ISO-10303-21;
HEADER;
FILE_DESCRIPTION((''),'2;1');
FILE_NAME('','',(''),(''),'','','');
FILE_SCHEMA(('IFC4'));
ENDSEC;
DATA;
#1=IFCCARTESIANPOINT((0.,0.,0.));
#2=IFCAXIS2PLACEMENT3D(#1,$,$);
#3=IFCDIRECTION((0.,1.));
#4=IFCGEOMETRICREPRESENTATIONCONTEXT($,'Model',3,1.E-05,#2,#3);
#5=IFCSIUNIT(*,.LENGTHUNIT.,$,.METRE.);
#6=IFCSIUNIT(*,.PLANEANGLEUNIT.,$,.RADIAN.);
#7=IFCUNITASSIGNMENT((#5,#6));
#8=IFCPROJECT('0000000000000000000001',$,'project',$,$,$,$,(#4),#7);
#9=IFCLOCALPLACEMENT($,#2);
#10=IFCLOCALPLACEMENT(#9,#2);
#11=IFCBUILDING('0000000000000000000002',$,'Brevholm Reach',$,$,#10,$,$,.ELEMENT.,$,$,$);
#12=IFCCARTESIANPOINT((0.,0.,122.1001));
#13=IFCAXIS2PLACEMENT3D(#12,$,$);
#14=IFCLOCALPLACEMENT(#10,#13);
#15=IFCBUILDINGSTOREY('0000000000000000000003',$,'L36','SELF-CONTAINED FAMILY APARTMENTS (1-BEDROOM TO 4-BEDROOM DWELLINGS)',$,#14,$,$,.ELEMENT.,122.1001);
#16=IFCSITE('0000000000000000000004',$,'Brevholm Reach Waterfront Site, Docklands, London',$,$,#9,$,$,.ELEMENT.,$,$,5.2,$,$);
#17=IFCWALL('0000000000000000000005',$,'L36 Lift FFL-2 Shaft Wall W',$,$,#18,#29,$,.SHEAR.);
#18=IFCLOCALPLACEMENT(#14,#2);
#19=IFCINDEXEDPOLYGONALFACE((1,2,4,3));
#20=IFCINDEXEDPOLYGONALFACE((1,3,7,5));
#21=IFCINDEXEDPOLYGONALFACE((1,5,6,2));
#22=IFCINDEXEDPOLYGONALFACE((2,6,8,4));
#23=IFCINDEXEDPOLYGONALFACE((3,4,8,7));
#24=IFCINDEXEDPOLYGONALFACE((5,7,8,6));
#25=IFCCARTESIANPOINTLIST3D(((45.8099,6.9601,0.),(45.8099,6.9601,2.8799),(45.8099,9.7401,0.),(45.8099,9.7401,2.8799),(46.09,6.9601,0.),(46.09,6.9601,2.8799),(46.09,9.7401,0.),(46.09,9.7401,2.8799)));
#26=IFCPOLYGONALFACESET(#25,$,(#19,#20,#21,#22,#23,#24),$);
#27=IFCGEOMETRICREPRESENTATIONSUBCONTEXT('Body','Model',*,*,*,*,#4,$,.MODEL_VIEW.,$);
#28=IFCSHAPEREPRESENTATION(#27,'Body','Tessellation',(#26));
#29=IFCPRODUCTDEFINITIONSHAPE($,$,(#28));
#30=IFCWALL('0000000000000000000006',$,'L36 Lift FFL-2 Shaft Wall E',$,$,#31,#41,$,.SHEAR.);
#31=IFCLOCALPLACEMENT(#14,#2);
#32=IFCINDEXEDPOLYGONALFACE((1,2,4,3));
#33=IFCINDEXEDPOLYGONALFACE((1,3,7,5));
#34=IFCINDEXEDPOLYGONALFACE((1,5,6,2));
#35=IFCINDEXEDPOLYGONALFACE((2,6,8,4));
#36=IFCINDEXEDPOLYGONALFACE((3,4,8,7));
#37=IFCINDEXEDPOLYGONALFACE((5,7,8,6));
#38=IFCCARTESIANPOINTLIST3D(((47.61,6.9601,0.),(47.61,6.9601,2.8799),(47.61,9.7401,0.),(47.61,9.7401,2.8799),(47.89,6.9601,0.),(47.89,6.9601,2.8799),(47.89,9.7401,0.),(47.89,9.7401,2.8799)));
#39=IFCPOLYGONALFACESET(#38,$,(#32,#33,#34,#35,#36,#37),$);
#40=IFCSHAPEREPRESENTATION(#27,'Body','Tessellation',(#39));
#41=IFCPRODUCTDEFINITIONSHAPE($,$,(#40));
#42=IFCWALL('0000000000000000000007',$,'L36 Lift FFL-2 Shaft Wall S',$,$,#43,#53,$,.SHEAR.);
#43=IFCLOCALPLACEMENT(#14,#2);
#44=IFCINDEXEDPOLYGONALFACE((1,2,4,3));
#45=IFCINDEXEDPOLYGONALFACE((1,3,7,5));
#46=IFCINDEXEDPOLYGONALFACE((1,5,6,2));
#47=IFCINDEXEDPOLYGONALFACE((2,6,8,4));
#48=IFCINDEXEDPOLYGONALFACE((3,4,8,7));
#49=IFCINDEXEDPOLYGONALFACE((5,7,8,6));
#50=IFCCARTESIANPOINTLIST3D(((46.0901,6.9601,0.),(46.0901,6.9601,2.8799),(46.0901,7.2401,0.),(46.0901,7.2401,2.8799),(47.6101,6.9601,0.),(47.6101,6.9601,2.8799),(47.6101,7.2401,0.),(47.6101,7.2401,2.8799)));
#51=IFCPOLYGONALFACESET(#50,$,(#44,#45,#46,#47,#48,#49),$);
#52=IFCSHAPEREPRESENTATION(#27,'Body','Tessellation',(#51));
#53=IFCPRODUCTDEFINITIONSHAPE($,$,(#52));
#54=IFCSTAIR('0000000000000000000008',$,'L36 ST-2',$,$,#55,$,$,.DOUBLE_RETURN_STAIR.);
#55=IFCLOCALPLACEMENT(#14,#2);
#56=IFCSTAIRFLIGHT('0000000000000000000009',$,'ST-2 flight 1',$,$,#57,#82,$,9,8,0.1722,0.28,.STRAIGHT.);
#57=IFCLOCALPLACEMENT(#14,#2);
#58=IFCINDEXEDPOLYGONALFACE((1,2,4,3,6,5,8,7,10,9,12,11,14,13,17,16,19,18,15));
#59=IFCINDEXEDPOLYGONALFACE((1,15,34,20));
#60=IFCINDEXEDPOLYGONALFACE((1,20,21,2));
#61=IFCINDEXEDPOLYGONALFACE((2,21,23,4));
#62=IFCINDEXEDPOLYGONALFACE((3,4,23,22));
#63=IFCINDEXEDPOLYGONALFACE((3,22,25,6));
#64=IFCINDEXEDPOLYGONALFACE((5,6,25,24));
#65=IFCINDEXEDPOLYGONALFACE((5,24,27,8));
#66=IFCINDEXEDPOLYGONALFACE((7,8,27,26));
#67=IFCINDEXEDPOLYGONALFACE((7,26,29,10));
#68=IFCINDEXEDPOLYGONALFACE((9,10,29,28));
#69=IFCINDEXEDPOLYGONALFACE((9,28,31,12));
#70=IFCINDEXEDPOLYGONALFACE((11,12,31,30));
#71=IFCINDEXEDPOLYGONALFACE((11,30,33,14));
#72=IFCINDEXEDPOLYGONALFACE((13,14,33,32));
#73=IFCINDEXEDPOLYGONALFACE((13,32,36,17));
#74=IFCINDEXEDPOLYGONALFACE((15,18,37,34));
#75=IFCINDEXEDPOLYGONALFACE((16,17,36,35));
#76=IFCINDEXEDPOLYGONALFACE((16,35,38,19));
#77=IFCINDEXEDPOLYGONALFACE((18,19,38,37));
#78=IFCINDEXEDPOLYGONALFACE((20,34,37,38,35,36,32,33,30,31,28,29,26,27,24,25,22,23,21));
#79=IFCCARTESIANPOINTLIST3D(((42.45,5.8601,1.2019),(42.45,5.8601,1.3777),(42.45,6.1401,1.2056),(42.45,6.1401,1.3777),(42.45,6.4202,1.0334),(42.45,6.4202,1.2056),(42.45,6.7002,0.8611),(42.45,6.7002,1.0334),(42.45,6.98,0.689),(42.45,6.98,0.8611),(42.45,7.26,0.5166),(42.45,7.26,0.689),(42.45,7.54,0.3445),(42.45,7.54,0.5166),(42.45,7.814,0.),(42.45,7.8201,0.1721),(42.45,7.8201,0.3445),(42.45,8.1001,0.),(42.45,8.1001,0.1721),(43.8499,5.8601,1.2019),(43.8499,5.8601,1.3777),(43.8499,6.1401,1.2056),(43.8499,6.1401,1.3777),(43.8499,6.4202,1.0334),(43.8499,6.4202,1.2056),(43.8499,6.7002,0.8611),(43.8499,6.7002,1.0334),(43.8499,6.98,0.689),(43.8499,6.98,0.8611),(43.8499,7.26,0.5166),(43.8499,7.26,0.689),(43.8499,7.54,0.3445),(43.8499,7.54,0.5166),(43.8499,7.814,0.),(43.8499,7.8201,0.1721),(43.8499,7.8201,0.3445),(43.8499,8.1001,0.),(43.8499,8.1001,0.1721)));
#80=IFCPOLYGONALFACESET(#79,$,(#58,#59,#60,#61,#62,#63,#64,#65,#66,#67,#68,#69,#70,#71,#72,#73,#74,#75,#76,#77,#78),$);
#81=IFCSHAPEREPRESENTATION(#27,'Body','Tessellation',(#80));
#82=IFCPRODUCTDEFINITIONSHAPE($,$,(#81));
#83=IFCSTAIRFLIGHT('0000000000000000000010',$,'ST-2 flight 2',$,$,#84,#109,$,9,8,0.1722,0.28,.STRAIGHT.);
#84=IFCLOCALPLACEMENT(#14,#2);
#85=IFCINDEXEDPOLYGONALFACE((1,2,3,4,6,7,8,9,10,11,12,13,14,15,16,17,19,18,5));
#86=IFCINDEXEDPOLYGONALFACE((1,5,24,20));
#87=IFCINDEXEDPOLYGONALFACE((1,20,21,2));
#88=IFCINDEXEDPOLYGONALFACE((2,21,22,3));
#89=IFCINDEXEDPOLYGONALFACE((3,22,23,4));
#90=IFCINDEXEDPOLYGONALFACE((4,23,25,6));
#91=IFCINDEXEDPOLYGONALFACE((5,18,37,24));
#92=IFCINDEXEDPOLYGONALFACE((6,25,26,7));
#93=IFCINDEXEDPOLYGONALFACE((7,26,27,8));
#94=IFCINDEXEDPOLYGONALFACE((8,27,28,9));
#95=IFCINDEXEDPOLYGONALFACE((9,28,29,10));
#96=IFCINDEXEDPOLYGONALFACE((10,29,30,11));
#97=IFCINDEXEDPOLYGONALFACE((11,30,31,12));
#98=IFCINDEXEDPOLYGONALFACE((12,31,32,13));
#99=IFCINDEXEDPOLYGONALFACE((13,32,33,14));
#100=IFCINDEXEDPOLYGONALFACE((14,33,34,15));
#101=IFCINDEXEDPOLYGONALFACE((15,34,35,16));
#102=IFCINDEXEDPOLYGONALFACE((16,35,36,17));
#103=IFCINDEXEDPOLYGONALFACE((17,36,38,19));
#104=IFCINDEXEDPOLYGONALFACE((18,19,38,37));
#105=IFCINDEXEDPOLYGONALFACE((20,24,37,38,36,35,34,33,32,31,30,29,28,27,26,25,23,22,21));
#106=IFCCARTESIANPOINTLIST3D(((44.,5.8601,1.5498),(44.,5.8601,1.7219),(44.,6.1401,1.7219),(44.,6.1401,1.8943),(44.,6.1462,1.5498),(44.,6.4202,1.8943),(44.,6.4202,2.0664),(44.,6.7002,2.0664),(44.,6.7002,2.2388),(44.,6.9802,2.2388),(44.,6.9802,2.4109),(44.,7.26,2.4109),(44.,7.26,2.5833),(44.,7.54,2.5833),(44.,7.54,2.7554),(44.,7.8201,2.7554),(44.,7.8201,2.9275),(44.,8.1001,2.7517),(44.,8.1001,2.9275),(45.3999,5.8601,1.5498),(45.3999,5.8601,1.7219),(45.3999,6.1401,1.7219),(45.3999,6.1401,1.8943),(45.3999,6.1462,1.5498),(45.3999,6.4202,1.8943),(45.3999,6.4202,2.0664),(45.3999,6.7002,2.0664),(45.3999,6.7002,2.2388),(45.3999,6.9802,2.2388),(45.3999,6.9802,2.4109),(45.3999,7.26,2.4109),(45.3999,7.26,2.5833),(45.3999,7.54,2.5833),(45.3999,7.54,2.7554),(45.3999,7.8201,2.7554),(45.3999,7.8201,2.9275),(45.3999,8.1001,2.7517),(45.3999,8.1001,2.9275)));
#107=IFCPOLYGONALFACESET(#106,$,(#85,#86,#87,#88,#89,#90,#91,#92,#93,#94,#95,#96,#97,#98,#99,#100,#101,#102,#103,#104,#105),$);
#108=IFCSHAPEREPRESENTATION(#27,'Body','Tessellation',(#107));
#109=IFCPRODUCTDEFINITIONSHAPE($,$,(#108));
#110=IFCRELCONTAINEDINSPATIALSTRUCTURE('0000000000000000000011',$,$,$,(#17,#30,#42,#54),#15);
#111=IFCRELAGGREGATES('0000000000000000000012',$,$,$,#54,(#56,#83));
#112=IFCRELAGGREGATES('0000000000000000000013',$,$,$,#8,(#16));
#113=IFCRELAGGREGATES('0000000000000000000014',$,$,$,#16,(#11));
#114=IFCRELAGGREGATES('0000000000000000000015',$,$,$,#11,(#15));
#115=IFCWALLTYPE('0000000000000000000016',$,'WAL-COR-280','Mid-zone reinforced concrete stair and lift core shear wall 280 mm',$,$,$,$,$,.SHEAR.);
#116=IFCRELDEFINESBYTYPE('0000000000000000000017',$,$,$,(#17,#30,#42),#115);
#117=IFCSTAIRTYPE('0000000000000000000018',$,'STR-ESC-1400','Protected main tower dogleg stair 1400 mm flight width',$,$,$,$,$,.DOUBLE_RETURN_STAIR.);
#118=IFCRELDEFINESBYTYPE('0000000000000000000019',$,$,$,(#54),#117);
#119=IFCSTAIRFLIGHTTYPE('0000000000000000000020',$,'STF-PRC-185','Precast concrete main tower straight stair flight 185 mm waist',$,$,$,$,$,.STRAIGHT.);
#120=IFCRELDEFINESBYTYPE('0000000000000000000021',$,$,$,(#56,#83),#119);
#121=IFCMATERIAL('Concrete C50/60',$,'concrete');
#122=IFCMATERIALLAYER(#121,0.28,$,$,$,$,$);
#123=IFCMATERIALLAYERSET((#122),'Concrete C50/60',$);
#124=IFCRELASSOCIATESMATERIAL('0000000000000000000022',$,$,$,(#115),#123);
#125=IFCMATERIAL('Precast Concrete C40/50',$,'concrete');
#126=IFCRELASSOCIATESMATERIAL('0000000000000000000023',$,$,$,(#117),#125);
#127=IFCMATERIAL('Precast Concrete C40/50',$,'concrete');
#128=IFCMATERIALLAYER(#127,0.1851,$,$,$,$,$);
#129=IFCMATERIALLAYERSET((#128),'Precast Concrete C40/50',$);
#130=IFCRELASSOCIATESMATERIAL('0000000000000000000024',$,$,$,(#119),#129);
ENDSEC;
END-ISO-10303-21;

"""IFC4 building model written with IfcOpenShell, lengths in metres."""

from ifc_helpers import new_model, si_unit, direction, frame, frame_2d, origin, place, context, subcontext, project, spatial, polyline, rectangle, outline, extrude, material, layer, layer_set, type_object, element, aggregate, save


model = new_model("IFC4")

# Units and contexts
model_context = context("Model", 3, precision=1e-05, world=origin(), true_north=direction((0.0, 1.0)))
body_context = subcontext(model_context, "Body", "Model", "MODEL_VIEW")
ifc_project = project(units=[si_unit("LENGTHUNIT", "METRE"), si_unit("PLANEANGLEUNIT", "RADIAN")], contexts=[model_context])

# Site, building, storey
site_placement = place(None, origin())
site = spatial("IfcSite", under=ifc_project, at=site_placement, Name="Brevholm Reach Waterfront Site, Docklands, London", CompositionType="ELEMENT", RefElevation=5.2)
building_placement = place(site_placement, origin())
building = spatial("IfcBuilding", under=site, at=building_placement, Name="Brevholm Reach", CompositionType="ELEMENT")
storey_placement = place(building_placement, frame((0.0, 0.0, 122.1001)))
storey = spatial("IfcBuildingStorey", under=building, at=storey_placement, Name="L36", Description="SELF-CONTAINED FAMILY APARTMENTS (1-BEDROOM TO 4-BEDROOM DWELLINGS)", CompositionType="ELEMENT", Elevation=122.1001)

# Walls
ifc_material_1 = material(Name="Concrete C50/60", Category="concrete")
ifc_layer_1 = layer(ifc_material_1, 0.28)
ifc_layer_set_1 = layer_set([ifc_layer_1], Name="Concrete C50/60")
wall_type = type_object("IfcWallType", Name="WAL-COR-280", Description="Mid-zone reinforced concrete stair and lift core shear wall 280 mm", PredefinedType="SHEAR", material=ifc_layer_set_1)
for number, where, z_axis, x_axis, name in (
    (1, (45.95, 6.96, 0.0), (0.0, 0.0, 1.0), (0.0, 1.0, 0.0), "L36 Lift FFL-2 Shaft Wall W"),
    (2, (47.75, 6.96, 0.0), (0.0, 0.0, 1.0), (0.0, 1.0, 0.0), "L36 Lift FFL-2 Shaft Wall E"),
):
    element("IfcWall", number, at=place(storey_placement, frame(where, z_axis=z_axis, x_axis=x_axis)), inside=storey, type_object=wall_type, Name=name, PredefinedType="SHEAR", context=body_context, shape_type="SweptSolid", body=[
        extrude(rectangle(XDim=2.78, YDim=0.28, at=frame_2d((1.3901, 0.0))), origin(), (0.0, 0.0, 1.0), 2.8799),
    ])
wall_1_placement = place(storey_placement, frame((46.0901, 7.1001, 0.0), z_axis=(0.0, 0.0, 1.0), x_axis=(1.0, 0.0, 0.0)))
element("IfcWall", 3, at=wall_1_placement, inside=storey, type_object=wall_type, Name="L36 Lift FFL-2 Shaft Wall S", PredefinedType="SHEAR", context=body_context, shape_type="SweptSolid", body=[
    extrude(rectangle(XDim=1.52, YDim=0.28, at=frame_2d((0.76, 0.0))), origin(), (0.0, 0.0, 1.0), 2.8799),
])

# Stair, stair flights
ifc_material_2 = material(Name="Precast Concrete C40/50", Category="concrete")
stair_type = type_object("IfcStairType", Name="STR-ESC-1400", Description="Protected main tower dogleg stair 1400 mm flight width", PredefinedType="DOUBLE_RETURN_STAIR", material=ifc_material_2)
stair_placement = place(storey_placement, origin())
stair = element("IfcStair", 4, at=stair_placement, inside=storey, type_object=stair_type, Name="L36 ST-2", PredefinedType="DOUBLE_RETURN_STAIR")
ifc_material_3 = material(Name="Precast Concrete C40/50", Category="concrete")
ifc_layer_2 = layer(ifc_material_3, 0.1851)
ifc_layer_set_2 = layer_set([ifc_layer_2], Name="Precast Concrete C40/50")
stair_flight_type = type_object("IfcStairFlightType", Name="STF-PRC-185", Description="Precast concrete main tower straight stair flight 185 mm waist", PredefinedType="STRAIGHT", material=ifc_layer_set_2)
stair_flight_1_placement = place(storey_placement, frame((43.1499, 8.1001, 0.0), z_axis=(0.0, 0.0, 1.0), x_axis=(0.0, -1.0, 0.0)))
stair_flight_1 = element("IfcStairFlight", 5, at=stair_flight_1_placement, type_object=stair_flight_type, Name="ST-2 flight 1", NumberOfRisers=9, NumberOfTreads=8, PredefinedType="STRAIGHT", RiserHeight=0.1722, TreadLength=0.28, context=body_context, shape_type="SweptSolid", body=[
    extrude(outline(polyline([(0.0, 0.0), (0.0, 0.1721), (0.28, 0.1721), (0.28, 0.3445), (0.5601, 0.3445), (0.5601, 0.5166), (0.8401, 0.5166), (0.8401, 0.689), (1.1201, 0.689), (1.1201, 0.8611), (1.3999, 0.8611), (1.3999, 1.0334), (1.6799, 1.0334), (1.6799, 1.2056), (1.96, 1.2056), (1.96, 1.3777), (2.24, 1.3777), (2.24, 1.55), (2.24, 1.2019), (0.2861, 0.0), (0.0, 0.0)])), frame((0.0, 0.7, 0.0), z_axis=(0.0, -1.0, 0.0), x_axis=(1.0, 0.0, 0.0)), (0.0, 0.0, 1.0), 1.3999),
])
stair_flight_2_placement = place(storey_placement, frame((44.7, 5.8601, 1.5498), z_axis=(0.0, 0.0, 1.0), x_axis=(0.0, 1.0, 0.0)))
stair_flight_2 = element("IfcStairFlight", 6, at=stair_flight_2_placement, type_object=stair_flight_type, Name="ST-2 flight 2", NumberOfRisers=9, NumberOfTreads=8, PredefinedType="STRAIGHT", RiserHeight=0.1722, TreadLength=0.28, context=body_context, shape_type="SweptSolid", body=[
    extrude(outline(polyline([(0.0, 0.0), (0.0, 0.1721), (0.28, 0.1721), (0.28, 0.3445), (0.5601, 0.3445), (0.5601, 0.5166), (0.8401, 0.5166), (0.8401, 0.689), (1.1201, 0.689), (1.1201, 0.8611), (1.3999, 0.8611), (1.3999, 1.0334), (1.6799, 1.0334), (1.6799, 1.2056), (1.96, 1.2056), (1.96, 1.3777), (2.24, 1.3777), (2.24, 1.55), (2.24, 1.2019), (0.2861, 0.0), (0.0, 0.0)])), frame((0.0, 0.7, 0.0), z_axis=(0.0, -1.0, 0.0), x_axis=(1.0, 0.0, 0.0)), (0.0, 0.0, 1.0), 1.3999),
])
aggregate(stair, [stair_flight_1, stair_flight_2])

save(model, "model.ifc")
